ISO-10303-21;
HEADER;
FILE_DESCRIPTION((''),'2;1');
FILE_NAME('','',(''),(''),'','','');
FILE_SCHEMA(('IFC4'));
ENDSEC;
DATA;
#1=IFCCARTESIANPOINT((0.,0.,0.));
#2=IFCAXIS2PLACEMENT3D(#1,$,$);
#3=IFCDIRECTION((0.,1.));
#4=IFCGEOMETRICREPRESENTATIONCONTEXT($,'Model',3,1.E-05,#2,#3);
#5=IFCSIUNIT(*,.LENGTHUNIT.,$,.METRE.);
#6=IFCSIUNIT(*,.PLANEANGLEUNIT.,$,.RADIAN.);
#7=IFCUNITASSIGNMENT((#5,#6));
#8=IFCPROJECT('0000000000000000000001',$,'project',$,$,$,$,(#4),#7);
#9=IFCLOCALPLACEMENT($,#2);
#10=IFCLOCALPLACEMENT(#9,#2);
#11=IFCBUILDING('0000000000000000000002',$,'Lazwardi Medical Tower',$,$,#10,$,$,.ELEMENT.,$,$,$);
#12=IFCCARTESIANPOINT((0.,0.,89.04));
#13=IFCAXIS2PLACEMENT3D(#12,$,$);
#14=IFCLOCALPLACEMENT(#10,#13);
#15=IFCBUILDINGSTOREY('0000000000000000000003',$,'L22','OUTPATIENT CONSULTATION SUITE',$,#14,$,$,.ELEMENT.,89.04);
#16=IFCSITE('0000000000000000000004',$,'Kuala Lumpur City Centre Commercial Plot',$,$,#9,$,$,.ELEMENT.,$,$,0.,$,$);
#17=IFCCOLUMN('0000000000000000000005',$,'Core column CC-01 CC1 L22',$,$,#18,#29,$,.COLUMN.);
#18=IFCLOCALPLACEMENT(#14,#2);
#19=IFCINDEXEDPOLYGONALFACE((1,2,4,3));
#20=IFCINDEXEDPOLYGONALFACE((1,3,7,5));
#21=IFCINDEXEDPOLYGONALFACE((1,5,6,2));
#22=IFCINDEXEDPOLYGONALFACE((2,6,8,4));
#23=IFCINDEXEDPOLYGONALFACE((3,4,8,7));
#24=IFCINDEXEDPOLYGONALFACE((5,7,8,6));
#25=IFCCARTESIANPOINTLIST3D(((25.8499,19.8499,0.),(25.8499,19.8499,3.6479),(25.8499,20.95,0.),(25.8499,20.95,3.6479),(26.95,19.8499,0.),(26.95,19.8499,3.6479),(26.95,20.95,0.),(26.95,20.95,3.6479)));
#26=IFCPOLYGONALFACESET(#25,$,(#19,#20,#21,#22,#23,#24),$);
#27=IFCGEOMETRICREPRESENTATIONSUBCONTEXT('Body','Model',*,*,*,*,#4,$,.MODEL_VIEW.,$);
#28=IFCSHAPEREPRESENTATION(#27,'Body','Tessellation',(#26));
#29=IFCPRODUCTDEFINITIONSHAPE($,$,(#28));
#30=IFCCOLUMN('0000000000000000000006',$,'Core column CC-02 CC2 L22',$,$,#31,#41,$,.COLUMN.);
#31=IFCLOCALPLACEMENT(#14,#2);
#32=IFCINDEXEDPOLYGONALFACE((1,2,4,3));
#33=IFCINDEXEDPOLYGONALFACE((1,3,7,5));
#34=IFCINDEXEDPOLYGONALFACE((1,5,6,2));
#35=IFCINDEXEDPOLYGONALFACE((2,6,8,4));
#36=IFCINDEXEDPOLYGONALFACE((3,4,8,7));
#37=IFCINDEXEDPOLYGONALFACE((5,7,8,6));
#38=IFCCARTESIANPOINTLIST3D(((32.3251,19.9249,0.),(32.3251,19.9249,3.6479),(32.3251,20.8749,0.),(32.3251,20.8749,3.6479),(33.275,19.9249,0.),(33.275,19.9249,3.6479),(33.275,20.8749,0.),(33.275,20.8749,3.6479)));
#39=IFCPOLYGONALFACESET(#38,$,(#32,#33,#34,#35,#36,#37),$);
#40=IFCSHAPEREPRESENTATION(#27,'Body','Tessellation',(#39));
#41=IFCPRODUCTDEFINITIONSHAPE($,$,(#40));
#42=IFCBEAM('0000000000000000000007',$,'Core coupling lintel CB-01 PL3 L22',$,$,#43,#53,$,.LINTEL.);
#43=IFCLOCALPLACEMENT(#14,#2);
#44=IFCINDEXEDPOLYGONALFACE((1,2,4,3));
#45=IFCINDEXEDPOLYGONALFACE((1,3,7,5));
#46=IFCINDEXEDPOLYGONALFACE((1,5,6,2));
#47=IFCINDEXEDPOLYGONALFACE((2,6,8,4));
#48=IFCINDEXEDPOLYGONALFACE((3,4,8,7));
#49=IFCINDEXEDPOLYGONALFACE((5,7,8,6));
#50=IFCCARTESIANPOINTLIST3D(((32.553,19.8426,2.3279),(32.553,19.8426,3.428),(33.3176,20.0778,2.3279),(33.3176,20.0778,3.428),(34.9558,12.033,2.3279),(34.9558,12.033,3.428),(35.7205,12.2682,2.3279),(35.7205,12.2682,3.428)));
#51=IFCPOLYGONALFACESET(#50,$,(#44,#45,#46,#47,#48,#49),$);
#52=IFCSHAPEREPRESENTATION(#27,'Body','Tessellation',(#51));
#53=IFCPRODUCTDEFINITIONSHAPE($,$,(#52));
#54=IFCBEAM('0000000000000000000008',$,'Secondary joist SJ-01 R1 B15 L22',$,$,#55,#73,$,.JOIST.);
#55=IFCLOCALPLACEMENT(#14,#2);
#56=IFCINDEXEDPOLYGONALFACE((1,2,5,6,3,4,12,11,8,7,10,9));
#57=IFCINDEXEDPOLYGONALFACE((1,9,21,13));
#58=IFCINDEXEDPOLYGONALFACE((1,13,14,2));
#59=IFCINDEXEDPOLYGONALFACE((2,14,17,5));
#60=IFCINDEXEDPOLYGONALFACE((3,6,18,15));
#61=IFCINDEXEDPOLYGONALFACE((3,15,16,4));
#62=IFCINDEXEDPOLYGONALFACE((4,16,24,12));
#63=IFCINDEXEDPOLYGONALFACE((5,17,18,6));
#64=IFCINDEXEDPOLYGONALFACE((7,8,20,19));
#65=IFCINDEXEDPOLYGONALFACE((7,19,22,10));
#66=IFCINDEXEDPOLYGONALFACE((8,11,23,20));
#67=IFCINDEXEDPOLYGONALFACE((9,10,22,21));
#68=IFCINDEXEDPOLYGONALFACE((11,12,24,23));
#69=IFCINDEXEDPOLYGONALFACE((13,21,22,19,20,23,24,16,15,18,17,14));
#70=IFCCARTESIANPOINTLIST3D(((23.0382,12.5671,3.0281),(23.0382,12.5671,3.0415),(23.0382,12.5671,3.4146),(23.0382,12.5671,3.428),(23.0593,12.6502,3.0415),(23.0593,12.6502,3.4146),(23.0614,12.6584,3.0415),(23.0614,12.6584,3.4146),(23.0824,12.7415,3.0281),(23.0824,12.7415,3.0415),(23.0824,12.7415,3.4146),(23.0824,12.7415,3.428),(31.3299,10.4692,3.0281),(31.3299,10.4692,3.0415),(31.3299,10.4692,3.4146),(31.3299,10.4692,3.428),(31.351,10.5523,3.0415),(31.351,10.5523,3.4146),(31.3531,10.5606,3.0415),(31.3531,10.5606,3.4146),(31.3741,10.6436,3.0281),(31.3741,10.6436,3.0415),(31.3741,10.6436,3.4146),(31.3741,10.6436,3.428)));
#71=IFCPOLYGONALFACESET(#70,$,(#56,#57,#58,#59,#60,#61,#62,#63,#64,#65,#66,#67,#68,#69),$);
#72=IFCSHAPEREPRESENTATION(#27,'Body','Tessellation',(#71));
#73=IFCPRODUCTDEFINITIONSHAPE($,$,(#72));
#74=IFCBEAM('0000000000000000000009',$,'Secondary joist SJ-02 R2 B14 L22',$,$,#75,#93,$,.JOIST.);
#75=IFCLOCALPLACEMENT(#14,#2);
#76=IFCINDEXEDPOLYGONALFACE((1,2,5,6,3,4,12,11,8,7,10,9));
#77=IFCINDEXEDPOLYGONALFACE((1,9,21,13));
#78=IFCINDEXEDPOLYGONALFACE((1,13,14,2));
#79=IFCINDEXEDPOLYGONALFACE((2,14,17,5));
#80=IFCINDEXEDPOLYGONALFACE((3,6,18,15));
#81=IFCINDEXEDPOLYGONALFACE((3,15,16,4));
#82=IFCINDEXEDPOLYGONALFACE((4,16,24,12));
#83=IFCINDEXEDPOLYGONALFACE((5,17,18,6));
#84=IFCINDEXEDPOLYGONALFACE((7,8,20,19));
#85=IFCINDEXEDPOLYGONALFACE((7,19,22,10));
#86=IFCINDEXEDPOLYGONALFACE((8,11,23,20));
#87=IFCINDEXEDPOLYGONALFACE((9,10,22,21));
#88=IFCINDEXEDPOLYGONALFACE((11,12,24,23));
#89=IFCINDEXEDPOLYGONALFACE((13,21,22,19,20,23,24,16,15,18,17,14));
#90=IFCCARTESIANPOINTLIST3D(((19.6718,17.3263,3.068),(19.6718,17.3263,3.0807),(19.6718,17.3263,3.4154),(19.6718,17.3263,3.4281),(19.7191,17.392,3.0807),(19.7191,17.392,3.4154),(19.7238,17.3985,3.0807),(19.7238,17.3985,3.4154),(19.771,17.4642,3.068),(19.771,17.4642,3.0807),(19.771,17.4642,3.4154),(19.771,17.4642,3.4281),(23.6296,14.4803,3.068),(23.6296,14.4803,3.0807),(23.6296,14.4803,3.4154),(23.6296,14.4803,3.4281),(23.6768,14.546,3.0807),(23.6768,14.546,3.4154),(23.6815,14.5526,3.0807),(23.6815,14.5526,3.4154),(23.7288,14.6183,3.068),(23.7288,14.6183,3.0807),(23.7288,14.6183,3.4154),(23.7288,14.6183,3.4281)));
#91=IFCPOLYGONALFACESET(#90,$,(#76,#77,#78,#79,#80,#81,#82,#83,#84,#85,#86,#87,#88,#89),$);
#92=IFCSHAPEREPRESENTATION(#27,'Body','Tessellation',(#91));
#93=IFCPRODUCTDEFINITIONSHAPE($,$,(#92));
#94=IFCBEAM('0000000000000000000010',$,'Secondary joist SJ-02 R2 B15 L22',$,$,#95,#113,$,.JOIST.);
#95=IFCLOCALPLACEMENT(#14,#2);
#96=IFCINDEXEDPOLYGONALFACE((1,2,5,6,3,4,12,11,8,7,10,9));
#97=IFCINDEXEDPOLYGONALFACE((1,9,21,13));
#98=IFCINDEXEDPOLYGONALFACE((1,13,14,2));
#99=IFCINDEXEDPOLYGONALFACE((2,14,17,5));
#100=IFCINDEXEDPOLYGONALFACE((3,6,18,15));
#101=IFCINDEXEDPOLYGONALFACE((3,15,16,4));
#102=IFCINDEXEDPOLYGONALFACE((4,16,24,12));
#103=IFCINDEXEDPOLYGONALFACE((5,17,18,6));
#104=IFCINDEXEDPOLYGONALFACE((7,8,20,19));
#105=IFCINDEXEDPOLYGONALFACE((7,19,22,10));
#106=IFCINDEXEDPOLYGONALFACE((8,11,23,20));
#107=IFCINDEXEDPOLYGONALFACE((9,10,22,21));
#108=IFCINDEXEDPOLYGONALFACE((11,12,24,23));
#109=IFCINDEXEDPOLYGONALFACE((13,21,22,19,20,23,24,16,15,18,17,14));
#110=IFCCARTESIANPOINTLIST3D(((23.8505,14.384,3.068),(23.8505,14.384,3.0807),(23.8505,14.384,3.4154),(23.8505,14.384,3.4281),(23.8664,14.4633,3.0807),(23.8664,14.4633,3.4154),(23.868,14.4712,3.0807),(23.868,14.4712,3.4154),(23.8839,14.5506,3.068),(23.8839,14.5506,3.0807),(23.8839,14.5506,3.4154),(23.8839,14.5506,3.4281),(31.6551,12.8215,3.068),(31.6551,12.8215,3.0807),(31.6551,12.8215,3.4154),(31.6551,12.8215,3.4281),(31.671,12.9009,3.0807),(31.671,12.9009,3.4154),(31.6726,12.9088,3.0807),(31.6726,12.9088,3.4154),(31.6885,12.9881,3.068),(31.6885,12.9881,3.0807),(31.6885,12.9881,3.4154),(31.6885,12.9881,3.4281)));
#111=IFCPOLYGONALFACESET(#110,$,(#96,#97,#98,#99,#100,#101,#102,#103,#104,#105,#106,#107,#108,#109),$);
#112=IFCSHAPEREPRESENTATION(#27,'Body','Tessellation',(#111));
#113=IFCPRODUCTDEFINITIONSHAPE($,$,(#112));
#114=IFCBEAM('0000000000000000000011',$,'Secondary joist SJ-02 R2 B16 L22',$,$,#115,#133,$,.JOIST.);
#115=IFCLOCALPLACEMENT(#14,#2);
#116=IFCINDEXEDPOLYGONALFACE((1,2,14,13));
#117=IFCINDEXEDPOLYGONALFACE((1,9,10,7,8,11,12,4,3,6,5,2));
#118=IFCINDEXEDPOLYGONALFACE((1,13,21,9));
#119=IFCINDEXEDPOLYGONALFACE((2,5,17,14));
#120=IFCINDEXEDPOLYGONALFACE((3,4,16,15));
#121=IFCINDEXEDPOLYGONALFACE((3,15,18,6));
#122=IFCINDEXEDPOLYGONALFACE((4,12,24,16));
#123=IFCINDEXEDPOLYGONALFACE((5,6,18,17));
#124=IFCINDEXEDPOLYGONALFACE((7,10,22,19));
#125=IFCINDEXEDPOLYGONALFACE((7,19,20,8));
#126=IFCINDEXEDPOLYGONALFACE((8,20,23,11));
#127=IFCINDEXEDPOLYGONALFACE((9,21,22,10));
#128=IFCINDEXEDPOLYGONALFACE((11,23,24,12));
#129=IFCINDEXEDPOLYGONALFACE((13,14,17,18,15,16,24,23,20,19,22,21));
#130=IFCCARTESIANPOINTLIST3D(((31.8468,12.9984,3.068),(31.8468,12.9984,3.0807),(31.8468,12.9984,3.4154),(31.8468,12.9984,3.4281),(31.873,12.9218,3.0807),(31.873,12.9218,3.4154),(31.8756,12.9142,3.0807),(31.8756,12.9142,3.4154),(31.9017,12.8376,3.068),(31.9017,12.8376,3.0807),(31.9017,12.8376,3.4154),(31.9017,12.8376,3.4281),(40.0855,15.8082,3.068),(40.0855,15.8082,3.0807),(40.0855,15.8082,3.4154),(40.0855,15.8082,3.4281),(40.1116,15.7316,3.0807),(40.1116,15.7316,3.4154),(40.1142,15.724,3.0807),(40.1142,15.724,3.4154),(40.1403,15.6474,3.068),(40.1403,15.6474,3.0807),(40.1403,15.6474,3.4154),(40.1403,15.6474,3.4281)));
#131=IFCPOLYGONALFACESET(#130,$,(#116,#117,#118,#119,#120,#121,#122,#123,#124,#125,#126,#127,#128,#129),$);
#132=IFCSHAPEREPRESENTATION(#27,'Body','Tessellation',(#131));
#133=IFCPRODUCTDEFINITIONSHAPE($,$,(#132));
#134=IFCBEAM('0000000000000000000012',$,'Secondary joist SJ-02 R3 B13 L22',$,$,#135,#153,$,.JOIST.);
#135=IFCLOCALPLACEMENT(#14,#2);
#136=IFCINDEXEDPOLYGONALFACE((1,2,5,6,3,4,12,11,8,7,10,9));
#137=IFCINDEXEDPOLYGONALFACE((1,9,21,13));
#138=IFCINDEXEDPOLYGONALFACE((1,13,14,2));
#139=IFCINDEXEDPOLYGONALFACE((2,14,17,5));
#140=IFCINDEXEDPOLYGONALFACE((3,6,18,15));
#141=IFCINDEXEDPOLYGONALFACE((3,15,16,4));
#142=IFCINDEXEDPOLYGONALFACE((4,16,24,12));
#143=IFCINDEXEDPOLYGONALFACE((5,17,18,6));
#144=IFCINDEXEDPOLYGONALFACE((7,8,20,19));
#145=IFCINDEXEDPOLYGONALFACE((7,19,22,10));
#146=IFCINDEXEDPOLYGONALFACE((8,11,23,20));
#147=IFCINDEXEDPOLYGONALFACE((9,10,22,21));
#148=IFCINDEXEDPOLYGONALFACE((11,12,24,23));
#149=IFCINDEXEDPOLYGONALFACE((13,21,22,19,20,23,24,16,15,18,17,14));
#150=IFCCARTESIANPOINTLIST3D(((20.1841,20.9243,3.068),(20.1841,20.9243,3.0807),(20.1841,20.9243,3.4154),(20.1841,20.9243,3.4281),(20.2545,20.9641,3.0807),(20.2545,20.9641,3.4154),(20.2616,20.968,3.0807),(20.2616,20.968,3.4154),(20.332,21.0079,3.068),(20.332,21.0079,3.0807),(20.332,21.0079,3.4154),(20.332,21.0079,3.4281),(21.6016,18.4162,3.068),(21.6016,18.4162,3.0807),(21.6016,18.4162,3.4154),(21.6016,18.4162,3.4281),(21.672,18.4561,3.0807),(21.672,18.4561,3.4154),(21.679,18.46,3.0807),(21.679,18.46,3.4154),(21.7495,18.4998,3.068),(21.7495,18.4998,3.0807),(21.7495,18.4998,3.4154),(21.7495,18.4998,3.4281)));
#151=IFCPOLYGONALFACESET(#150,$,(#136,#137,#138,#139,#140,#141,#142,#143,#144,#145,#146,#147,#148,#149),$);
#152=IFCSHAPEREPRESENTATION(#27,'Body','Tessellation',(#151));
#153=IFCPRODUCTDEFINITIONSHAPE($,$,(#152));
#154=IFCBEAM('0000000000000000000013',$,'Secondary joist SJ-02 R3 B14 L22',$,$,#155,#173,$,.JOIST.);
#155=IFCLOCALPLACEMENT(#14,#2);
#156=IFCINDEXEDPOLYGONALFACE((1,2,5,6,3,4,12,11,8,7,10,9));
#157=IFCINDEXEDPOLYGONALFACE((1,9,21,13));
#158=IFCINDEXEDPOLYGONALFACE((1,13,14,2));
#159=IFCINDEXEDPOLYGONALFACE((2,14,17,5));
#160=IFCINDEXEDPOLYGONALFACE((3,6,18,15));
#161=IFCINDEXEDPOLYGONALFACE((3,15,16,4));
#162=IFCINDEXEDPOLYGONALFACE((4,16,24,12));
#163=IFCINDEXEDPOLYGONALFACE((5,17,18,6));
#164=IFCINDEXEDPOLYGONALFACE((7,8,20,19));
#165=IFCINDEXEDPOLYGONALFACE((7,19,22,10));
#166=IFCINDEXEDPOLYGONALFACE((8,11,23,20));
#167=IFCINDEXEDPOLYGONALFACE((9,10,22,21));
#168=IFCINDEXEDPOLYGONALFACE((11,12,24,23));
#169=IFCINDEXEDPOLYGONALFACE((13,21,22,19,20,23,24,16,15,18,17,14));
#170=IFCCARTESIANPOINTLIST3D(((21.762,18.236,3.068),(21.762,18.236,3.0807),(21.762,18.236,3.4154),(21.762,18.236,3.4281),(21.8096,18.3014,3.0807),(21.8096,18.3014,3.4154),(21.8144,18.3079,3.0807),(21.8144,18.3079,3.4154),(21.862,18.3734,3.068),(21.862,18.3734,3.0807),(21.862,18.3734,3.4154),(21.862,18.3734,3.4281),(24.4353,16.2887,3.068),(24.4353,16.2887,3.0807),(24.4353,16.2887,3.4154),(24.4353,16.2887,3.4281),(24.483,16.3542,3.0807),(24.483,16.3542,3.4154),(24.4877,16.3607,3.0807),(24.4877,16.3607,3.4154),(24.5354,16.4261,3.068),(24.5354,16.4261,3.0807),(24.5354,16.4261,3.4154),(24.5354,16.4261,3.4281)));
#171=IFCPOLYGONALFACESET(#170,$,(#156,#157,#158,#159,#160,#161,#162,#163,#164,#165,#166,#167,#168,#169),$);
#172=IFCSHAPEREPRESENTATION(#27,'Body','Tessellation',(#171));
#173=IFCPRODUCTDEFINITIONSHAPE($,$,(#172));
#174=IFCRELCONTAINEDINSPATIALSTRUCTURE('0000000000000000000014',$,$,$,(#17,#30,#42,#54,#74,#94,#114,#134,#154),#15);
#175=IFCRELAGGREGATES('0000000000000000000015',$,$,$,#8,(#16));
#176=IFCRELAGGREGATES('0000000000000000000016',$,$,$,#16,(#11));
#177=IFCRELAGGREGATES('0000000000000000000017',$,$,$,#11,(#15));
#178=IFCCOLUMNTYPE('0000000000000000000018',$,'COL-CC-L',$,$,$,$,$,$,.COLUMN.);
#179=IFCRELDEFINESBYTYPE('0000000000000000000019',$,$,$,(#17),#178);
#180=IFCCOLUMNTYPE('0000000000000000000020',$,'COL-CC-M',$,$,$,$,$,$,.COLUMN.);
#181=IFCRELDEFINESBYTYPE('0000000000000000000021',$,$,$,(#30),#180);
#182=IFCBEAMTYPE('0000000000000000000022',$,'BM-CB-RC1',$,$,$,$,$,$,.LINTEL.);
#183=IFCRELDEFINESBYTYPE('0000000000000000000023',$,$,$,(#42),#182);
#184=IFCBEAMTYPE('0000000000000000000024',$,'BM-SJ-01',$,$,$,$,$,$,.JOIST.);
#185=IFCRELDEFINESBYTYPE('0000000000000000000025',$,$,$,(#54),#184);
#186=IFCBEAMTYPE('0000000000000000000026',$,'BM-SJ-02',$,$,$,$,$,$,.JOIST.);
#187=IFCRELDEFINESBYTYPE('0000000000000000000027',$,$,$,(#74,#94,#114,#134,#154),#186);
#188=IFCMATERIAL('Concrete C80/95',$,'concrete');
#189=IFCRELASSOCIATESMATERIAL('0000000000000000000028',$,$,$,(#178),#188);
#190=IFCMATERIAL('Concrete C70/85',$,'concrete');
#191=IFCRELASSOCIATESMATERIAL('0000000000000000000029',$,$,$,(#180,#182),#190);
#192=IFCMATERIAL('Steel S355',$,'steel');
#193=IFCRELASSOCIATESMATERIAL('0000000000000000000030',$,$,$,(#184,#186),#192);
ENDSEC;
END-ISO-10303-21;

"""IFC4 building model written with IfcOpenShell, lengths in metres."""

from ifc_helpers import new_model, si_unit, direction, frame, origin, origin_2d, place, context, subcontext, project, spatial, rectangle, i_section, extrude, material, material_profile, profile_set, type_object, element, save


model = new_model("IFC4")

# Units and contexts
model_context = context("Model", 3, precision=1e-05, world=origin(), true_north=direction((0.0, 1.0)))
body_context = subcontext(model_context, "Body", "Model", "MODEL_VIEW")
ifc_project = project(units=[si_unit("LENGTHUNIT", "METRE"), si_unit("PLANEANGLEUNIT", "RADIAN")], contexts=[model_context])

# Site, building, storey
site_placement = place(None, origin())
site = spatial("IfcSite", under=ifc_project, at=site_placement, Name="Kuala Lumpur City Centre Commercial Plot", CompositionType="ELEMENT", RefElevation=0.0)
building_placement = place(site_placement, origin())
building = spatial("IfcBuilding", under=site, at=building_placement, Name="Lazwardi Medical Tower", CompositionType="ELEMENT")
storey_placement = place(building_placement, frame((0.0, 0.0, 89.04)))
storey = spatial("IfcBuildingStorey", under=building, at=storey_placement, Name="L22", Description="OUTPATIENT CONSULTATION SUITE", CompositionType="ELEMENT", Elevation=89.04)

# Columns
ifc_material_1 = material(Name="Concrete C80/95", Category="concrete")
ifc_material_profile_1 = material_profile(ifc_material_1, rectangle(XDim=1.1001, YDim=1.1001, at=origin_2d()), Name="RC 1100x1100")
ifc_profile_set_1 = profile_set([ifc_material_profile_1], Name="Concrete C80/95")
column_type_1 = type_object("IfcColumnType", Name="COL-CC-L", PredefinedType="COLUMN", material=ifc_profile_set_1)
column_1_placement = place(storey_placement, frame((26.3999, 20.3999, 0.0), z_axis=(0.0, 0.0, 1.0), x_axis=(1.0, 0.0, 0.0)))
element("IfcColumn", 1, at=column_1_placement, inside=storey, type_object=column_type_1, Name="Core column CC-01 CC1 L22", PredefinedType="COLUMN", context=body_context, shape_type="SweptSolid", body=[
    extrude(rectangle(XDim=1.1001, YDim=1.1001, at=origin_2d()), origin(), (0.0, 0.0, 1.0), 3.6479),
])
ifc_material_2 = material(Name="Concrete C70/85", Category="concrete")
ifc_material_profile_2 = material_profile(ifc_material_2, rectangle(XDim=0.95, YDim=0.95, at=origin_2d()), Name="RC 950x950")
ifc_profile_set_2 = profile_set([ifc_material_profile_2], Name="Concrete C70/85")
column_type_2 = type_object("IfcColumnType", Name="COL-CC-M", PredefinedType="COLUMN", material=ifc_profile_set_2)
column_2_placement = place(storey_placement, frame((32.8, 20.3999, 0.0), z_axis=(0.0, 0.0, 1.0), x_axis=(1.0, 0.0, 0.0)))
element("IfcColumn", 2, at=column_2_placement, inside=storey, type_object=column_type_2, Name="Core column CC-02 CC2 L22", PredefinedType="COLUMN", context=body_context, shape_type="SweptSolid", body=[
    extrude(rectangle(XDim=0.95, YDim=0.95, at=origin_2d()), origin(), (0.0, 0.0, 1.0), 3.6479),
])

# Beams
ifc_material_profile_3 = material_profile(ifc_material_2, rectangle(XDim=0.8, YDim=1.1001, at=origin_2d()), Name="RC 800x1100")
ifc_profile_set_3 = profile_set([ifc_material_profile_3], Name="Concrete C70/85")
beam_type_1 = type_object("IfcBeamType", Name="BM-CB-RC1", PredefinedType="LINTEL", material=ifc_profile_set_3)
beam_1_placement = place(storey_placement, frame((32.9353, 19.9602, 2.8779), z_axis=(0.294073, -0.955783, 0.0), x_axis=(0.955783, 0.294073, 0.0)))
element("IfcBeam", 3, at=beam_1_placement, inside=storey, type_object=beam_type_1, Name="Core coupling lintel CB-01 PL3 L22", PredefinedType="LINTEL", context=body_context, shape_type="SweptSolid", body=[
    extrude(rectangle(XDim=0.8, YDim=1.1001, at=origin_2d()), origin(), (0.0, 0.0, 1.0), 8.1709),
])
ifc_material_3 = material(Name="Steel S355", Category="steel")
ifc_material_profile_4 = material_profile(ifc_material_3, i_section(OverallWidth=0.1799, OverallDepth=0.3999, WebThickness=0.0085, FlangeThickness=0.0134, at=origin_2d()), Name="IPE 400")
ifc_profile_set_4 = profile_set([ifc_material_profile_4], Name="Steel S355")
beam_type_2 = type_object("IfcBeamType", Name="BM-SJ-01", PredefinedType="JOIST", material=ifc_profile_set_4)
beam_2_placement = place(storey_placement, frame((23.0603, 12.6543, 3.228), z_axis=(0.969452, -0.245282, 0.0), x_axis=(0.245282, 0.969452, 0.0)))
element("IfcBeam", 4, at=beam_2_placement, inside=storey, type_object=beam_type_2, Name="Secondary joist SJ-01 R1 B15 L22", PredefinedType="JOIST", context=body_context, shape_type="SweptSolid", body=[
    extrude(i_section(OverallWidth=0.1799, OverallDepth=0.3999, WebThickness=0.0085, FlangeThickness=0.0134, at=origin_2d()), origin(), (0.0, 0.0, 1.0), 8.553),
])
ifc_material_profile_5 = material_profile(ifc_material_3, i_section(OverallWidth=0.1699, OverallDepth=0.3601, WebThickness=0.0081, FlangeThickness=0.0127, at=origin_2d()), Name="IPE 360")
ifc_profile_set_5 = profile_set([ifc_material_profile_5], Name="Steel S355")
beam_type_3 = type_object("IfcBeamType", Name="BM-SJ-02", PredefinedType="JOIST", material=ifc_profile_set_5)
beam_3_placement = place(storey_placement, frame((19.7214, 17.3953, 3.248), z_axis=(0.811889, -0.583813, 0.0), x_axis=(0.583813, 0.811889, 0.0)))
element("IfcBeam", 5, at=beam_3_placement, inside=storey, type_object=beam_type_3, Name="Secondary joist SJ-02 R2 B14 L22", PredefinedType="JOIST", context=body_context, shape_type="SweptSolid", body=[
    extrude(i_section(OverallWidth=0.1699, OverallDepth=0.3601, WebThickness=0.0081, FlangeThickness=0.0127, at=origin_2d()), origin(), (0.0, 0.0, 1.0), 4.8748),
])
beam_4_placement = place(storey_placement, frame((23.8672, 14.4673, 3.248), z_axis=(0.980543, -0.196305, 0.0), x_axis=(0.196305, 0.980543, 0.0)))
element("IfcBeam", 6, at=beam_4_placement, inside=storey, type_object=beam_type_3, Name="Secondary joist SJ-02 R2 B15 L22", PredefinedType="JOIST", context=body_context, shape_type="SweptSolid", body=[
    extrude(i_section(OverallWidth=0.1699, OverallDepth=0.3601, WebThickness=0.0081, FlangeThickness=0.0127, at=origin_2d()), origin(), (0.0, 0.0, 1.0), 7.9595),
])
beam_5_placement = place(storey_placement, frame((31.8743, 12.918, 3.248), z_axis=(0.946467, 0.3228, 0.0), x_axis=(-0.3228, 0.946467, 0.0)))
element("IfcBeam", 7, at=beam_5_placement, inside=storey, type_object=beam_type_3, Name="Secondary joist SJ-02 R2 B16 L22", PredefinedType="JOIST", context=body_context, shape_type="SweptSolid", body=[
    extrude(i_section(OverallWidth=0.1699, OverallDepth=0.3601, WebThickness=0.0081, FlangeThickness=0.0127, at=origin_2d()), origin(), (0.0, 0.0, 1.0), 8.7046),
])
beam_6_placement = place(storey_placement, frame((20.2581, 20.9661, 3.248), z_axis=(0.492027, -0.87058, 0.0), x_axis=(0.87058, 0.492027, 0.0)))
element("IfcBeam", 8, at=beam_6_placement, inside=storey, type_object=beam_type_3, Name="Secondary joist SJ-02 R3 B13 L22", PredefinedType="JOIST", context=body_context, shape_type="SweptSolid", body=[
    extrude(i_section(OverallWidth=0.1699, OverallDepth=0.3601, WebThickness=0.0081, FlangeThickness=0.0127, at=origin_2d()), origin(), (0.0, 0.0, 1.0), 2.8809),
])
beam_7_placement = place(storey_placement, frame((21.812, 18.3047, 3.248), z_axis=(0.808302, -0.588768, 0.0), x_axis=(0.588768, 0.808302, 0.0)))
element("IfcBeam", 9, at=beam_7_placement, inside=storey, type_object=beam_type_3, Name="Secondary joist SJ-02 R3 B14 L22", PredefinedType="JOIST", context=body_context, shape_type="SweptSolid", body=[
    extrude(i_section(OverallWidth=0.1699, OverallDepth=0.3601, WebThickness=0.0081, FlangeThickness=0.0127, at=origin_2d()), origin(), (0.0, 0.0, 1.0), 3.3074),
])

save(model, "model.ifc")
